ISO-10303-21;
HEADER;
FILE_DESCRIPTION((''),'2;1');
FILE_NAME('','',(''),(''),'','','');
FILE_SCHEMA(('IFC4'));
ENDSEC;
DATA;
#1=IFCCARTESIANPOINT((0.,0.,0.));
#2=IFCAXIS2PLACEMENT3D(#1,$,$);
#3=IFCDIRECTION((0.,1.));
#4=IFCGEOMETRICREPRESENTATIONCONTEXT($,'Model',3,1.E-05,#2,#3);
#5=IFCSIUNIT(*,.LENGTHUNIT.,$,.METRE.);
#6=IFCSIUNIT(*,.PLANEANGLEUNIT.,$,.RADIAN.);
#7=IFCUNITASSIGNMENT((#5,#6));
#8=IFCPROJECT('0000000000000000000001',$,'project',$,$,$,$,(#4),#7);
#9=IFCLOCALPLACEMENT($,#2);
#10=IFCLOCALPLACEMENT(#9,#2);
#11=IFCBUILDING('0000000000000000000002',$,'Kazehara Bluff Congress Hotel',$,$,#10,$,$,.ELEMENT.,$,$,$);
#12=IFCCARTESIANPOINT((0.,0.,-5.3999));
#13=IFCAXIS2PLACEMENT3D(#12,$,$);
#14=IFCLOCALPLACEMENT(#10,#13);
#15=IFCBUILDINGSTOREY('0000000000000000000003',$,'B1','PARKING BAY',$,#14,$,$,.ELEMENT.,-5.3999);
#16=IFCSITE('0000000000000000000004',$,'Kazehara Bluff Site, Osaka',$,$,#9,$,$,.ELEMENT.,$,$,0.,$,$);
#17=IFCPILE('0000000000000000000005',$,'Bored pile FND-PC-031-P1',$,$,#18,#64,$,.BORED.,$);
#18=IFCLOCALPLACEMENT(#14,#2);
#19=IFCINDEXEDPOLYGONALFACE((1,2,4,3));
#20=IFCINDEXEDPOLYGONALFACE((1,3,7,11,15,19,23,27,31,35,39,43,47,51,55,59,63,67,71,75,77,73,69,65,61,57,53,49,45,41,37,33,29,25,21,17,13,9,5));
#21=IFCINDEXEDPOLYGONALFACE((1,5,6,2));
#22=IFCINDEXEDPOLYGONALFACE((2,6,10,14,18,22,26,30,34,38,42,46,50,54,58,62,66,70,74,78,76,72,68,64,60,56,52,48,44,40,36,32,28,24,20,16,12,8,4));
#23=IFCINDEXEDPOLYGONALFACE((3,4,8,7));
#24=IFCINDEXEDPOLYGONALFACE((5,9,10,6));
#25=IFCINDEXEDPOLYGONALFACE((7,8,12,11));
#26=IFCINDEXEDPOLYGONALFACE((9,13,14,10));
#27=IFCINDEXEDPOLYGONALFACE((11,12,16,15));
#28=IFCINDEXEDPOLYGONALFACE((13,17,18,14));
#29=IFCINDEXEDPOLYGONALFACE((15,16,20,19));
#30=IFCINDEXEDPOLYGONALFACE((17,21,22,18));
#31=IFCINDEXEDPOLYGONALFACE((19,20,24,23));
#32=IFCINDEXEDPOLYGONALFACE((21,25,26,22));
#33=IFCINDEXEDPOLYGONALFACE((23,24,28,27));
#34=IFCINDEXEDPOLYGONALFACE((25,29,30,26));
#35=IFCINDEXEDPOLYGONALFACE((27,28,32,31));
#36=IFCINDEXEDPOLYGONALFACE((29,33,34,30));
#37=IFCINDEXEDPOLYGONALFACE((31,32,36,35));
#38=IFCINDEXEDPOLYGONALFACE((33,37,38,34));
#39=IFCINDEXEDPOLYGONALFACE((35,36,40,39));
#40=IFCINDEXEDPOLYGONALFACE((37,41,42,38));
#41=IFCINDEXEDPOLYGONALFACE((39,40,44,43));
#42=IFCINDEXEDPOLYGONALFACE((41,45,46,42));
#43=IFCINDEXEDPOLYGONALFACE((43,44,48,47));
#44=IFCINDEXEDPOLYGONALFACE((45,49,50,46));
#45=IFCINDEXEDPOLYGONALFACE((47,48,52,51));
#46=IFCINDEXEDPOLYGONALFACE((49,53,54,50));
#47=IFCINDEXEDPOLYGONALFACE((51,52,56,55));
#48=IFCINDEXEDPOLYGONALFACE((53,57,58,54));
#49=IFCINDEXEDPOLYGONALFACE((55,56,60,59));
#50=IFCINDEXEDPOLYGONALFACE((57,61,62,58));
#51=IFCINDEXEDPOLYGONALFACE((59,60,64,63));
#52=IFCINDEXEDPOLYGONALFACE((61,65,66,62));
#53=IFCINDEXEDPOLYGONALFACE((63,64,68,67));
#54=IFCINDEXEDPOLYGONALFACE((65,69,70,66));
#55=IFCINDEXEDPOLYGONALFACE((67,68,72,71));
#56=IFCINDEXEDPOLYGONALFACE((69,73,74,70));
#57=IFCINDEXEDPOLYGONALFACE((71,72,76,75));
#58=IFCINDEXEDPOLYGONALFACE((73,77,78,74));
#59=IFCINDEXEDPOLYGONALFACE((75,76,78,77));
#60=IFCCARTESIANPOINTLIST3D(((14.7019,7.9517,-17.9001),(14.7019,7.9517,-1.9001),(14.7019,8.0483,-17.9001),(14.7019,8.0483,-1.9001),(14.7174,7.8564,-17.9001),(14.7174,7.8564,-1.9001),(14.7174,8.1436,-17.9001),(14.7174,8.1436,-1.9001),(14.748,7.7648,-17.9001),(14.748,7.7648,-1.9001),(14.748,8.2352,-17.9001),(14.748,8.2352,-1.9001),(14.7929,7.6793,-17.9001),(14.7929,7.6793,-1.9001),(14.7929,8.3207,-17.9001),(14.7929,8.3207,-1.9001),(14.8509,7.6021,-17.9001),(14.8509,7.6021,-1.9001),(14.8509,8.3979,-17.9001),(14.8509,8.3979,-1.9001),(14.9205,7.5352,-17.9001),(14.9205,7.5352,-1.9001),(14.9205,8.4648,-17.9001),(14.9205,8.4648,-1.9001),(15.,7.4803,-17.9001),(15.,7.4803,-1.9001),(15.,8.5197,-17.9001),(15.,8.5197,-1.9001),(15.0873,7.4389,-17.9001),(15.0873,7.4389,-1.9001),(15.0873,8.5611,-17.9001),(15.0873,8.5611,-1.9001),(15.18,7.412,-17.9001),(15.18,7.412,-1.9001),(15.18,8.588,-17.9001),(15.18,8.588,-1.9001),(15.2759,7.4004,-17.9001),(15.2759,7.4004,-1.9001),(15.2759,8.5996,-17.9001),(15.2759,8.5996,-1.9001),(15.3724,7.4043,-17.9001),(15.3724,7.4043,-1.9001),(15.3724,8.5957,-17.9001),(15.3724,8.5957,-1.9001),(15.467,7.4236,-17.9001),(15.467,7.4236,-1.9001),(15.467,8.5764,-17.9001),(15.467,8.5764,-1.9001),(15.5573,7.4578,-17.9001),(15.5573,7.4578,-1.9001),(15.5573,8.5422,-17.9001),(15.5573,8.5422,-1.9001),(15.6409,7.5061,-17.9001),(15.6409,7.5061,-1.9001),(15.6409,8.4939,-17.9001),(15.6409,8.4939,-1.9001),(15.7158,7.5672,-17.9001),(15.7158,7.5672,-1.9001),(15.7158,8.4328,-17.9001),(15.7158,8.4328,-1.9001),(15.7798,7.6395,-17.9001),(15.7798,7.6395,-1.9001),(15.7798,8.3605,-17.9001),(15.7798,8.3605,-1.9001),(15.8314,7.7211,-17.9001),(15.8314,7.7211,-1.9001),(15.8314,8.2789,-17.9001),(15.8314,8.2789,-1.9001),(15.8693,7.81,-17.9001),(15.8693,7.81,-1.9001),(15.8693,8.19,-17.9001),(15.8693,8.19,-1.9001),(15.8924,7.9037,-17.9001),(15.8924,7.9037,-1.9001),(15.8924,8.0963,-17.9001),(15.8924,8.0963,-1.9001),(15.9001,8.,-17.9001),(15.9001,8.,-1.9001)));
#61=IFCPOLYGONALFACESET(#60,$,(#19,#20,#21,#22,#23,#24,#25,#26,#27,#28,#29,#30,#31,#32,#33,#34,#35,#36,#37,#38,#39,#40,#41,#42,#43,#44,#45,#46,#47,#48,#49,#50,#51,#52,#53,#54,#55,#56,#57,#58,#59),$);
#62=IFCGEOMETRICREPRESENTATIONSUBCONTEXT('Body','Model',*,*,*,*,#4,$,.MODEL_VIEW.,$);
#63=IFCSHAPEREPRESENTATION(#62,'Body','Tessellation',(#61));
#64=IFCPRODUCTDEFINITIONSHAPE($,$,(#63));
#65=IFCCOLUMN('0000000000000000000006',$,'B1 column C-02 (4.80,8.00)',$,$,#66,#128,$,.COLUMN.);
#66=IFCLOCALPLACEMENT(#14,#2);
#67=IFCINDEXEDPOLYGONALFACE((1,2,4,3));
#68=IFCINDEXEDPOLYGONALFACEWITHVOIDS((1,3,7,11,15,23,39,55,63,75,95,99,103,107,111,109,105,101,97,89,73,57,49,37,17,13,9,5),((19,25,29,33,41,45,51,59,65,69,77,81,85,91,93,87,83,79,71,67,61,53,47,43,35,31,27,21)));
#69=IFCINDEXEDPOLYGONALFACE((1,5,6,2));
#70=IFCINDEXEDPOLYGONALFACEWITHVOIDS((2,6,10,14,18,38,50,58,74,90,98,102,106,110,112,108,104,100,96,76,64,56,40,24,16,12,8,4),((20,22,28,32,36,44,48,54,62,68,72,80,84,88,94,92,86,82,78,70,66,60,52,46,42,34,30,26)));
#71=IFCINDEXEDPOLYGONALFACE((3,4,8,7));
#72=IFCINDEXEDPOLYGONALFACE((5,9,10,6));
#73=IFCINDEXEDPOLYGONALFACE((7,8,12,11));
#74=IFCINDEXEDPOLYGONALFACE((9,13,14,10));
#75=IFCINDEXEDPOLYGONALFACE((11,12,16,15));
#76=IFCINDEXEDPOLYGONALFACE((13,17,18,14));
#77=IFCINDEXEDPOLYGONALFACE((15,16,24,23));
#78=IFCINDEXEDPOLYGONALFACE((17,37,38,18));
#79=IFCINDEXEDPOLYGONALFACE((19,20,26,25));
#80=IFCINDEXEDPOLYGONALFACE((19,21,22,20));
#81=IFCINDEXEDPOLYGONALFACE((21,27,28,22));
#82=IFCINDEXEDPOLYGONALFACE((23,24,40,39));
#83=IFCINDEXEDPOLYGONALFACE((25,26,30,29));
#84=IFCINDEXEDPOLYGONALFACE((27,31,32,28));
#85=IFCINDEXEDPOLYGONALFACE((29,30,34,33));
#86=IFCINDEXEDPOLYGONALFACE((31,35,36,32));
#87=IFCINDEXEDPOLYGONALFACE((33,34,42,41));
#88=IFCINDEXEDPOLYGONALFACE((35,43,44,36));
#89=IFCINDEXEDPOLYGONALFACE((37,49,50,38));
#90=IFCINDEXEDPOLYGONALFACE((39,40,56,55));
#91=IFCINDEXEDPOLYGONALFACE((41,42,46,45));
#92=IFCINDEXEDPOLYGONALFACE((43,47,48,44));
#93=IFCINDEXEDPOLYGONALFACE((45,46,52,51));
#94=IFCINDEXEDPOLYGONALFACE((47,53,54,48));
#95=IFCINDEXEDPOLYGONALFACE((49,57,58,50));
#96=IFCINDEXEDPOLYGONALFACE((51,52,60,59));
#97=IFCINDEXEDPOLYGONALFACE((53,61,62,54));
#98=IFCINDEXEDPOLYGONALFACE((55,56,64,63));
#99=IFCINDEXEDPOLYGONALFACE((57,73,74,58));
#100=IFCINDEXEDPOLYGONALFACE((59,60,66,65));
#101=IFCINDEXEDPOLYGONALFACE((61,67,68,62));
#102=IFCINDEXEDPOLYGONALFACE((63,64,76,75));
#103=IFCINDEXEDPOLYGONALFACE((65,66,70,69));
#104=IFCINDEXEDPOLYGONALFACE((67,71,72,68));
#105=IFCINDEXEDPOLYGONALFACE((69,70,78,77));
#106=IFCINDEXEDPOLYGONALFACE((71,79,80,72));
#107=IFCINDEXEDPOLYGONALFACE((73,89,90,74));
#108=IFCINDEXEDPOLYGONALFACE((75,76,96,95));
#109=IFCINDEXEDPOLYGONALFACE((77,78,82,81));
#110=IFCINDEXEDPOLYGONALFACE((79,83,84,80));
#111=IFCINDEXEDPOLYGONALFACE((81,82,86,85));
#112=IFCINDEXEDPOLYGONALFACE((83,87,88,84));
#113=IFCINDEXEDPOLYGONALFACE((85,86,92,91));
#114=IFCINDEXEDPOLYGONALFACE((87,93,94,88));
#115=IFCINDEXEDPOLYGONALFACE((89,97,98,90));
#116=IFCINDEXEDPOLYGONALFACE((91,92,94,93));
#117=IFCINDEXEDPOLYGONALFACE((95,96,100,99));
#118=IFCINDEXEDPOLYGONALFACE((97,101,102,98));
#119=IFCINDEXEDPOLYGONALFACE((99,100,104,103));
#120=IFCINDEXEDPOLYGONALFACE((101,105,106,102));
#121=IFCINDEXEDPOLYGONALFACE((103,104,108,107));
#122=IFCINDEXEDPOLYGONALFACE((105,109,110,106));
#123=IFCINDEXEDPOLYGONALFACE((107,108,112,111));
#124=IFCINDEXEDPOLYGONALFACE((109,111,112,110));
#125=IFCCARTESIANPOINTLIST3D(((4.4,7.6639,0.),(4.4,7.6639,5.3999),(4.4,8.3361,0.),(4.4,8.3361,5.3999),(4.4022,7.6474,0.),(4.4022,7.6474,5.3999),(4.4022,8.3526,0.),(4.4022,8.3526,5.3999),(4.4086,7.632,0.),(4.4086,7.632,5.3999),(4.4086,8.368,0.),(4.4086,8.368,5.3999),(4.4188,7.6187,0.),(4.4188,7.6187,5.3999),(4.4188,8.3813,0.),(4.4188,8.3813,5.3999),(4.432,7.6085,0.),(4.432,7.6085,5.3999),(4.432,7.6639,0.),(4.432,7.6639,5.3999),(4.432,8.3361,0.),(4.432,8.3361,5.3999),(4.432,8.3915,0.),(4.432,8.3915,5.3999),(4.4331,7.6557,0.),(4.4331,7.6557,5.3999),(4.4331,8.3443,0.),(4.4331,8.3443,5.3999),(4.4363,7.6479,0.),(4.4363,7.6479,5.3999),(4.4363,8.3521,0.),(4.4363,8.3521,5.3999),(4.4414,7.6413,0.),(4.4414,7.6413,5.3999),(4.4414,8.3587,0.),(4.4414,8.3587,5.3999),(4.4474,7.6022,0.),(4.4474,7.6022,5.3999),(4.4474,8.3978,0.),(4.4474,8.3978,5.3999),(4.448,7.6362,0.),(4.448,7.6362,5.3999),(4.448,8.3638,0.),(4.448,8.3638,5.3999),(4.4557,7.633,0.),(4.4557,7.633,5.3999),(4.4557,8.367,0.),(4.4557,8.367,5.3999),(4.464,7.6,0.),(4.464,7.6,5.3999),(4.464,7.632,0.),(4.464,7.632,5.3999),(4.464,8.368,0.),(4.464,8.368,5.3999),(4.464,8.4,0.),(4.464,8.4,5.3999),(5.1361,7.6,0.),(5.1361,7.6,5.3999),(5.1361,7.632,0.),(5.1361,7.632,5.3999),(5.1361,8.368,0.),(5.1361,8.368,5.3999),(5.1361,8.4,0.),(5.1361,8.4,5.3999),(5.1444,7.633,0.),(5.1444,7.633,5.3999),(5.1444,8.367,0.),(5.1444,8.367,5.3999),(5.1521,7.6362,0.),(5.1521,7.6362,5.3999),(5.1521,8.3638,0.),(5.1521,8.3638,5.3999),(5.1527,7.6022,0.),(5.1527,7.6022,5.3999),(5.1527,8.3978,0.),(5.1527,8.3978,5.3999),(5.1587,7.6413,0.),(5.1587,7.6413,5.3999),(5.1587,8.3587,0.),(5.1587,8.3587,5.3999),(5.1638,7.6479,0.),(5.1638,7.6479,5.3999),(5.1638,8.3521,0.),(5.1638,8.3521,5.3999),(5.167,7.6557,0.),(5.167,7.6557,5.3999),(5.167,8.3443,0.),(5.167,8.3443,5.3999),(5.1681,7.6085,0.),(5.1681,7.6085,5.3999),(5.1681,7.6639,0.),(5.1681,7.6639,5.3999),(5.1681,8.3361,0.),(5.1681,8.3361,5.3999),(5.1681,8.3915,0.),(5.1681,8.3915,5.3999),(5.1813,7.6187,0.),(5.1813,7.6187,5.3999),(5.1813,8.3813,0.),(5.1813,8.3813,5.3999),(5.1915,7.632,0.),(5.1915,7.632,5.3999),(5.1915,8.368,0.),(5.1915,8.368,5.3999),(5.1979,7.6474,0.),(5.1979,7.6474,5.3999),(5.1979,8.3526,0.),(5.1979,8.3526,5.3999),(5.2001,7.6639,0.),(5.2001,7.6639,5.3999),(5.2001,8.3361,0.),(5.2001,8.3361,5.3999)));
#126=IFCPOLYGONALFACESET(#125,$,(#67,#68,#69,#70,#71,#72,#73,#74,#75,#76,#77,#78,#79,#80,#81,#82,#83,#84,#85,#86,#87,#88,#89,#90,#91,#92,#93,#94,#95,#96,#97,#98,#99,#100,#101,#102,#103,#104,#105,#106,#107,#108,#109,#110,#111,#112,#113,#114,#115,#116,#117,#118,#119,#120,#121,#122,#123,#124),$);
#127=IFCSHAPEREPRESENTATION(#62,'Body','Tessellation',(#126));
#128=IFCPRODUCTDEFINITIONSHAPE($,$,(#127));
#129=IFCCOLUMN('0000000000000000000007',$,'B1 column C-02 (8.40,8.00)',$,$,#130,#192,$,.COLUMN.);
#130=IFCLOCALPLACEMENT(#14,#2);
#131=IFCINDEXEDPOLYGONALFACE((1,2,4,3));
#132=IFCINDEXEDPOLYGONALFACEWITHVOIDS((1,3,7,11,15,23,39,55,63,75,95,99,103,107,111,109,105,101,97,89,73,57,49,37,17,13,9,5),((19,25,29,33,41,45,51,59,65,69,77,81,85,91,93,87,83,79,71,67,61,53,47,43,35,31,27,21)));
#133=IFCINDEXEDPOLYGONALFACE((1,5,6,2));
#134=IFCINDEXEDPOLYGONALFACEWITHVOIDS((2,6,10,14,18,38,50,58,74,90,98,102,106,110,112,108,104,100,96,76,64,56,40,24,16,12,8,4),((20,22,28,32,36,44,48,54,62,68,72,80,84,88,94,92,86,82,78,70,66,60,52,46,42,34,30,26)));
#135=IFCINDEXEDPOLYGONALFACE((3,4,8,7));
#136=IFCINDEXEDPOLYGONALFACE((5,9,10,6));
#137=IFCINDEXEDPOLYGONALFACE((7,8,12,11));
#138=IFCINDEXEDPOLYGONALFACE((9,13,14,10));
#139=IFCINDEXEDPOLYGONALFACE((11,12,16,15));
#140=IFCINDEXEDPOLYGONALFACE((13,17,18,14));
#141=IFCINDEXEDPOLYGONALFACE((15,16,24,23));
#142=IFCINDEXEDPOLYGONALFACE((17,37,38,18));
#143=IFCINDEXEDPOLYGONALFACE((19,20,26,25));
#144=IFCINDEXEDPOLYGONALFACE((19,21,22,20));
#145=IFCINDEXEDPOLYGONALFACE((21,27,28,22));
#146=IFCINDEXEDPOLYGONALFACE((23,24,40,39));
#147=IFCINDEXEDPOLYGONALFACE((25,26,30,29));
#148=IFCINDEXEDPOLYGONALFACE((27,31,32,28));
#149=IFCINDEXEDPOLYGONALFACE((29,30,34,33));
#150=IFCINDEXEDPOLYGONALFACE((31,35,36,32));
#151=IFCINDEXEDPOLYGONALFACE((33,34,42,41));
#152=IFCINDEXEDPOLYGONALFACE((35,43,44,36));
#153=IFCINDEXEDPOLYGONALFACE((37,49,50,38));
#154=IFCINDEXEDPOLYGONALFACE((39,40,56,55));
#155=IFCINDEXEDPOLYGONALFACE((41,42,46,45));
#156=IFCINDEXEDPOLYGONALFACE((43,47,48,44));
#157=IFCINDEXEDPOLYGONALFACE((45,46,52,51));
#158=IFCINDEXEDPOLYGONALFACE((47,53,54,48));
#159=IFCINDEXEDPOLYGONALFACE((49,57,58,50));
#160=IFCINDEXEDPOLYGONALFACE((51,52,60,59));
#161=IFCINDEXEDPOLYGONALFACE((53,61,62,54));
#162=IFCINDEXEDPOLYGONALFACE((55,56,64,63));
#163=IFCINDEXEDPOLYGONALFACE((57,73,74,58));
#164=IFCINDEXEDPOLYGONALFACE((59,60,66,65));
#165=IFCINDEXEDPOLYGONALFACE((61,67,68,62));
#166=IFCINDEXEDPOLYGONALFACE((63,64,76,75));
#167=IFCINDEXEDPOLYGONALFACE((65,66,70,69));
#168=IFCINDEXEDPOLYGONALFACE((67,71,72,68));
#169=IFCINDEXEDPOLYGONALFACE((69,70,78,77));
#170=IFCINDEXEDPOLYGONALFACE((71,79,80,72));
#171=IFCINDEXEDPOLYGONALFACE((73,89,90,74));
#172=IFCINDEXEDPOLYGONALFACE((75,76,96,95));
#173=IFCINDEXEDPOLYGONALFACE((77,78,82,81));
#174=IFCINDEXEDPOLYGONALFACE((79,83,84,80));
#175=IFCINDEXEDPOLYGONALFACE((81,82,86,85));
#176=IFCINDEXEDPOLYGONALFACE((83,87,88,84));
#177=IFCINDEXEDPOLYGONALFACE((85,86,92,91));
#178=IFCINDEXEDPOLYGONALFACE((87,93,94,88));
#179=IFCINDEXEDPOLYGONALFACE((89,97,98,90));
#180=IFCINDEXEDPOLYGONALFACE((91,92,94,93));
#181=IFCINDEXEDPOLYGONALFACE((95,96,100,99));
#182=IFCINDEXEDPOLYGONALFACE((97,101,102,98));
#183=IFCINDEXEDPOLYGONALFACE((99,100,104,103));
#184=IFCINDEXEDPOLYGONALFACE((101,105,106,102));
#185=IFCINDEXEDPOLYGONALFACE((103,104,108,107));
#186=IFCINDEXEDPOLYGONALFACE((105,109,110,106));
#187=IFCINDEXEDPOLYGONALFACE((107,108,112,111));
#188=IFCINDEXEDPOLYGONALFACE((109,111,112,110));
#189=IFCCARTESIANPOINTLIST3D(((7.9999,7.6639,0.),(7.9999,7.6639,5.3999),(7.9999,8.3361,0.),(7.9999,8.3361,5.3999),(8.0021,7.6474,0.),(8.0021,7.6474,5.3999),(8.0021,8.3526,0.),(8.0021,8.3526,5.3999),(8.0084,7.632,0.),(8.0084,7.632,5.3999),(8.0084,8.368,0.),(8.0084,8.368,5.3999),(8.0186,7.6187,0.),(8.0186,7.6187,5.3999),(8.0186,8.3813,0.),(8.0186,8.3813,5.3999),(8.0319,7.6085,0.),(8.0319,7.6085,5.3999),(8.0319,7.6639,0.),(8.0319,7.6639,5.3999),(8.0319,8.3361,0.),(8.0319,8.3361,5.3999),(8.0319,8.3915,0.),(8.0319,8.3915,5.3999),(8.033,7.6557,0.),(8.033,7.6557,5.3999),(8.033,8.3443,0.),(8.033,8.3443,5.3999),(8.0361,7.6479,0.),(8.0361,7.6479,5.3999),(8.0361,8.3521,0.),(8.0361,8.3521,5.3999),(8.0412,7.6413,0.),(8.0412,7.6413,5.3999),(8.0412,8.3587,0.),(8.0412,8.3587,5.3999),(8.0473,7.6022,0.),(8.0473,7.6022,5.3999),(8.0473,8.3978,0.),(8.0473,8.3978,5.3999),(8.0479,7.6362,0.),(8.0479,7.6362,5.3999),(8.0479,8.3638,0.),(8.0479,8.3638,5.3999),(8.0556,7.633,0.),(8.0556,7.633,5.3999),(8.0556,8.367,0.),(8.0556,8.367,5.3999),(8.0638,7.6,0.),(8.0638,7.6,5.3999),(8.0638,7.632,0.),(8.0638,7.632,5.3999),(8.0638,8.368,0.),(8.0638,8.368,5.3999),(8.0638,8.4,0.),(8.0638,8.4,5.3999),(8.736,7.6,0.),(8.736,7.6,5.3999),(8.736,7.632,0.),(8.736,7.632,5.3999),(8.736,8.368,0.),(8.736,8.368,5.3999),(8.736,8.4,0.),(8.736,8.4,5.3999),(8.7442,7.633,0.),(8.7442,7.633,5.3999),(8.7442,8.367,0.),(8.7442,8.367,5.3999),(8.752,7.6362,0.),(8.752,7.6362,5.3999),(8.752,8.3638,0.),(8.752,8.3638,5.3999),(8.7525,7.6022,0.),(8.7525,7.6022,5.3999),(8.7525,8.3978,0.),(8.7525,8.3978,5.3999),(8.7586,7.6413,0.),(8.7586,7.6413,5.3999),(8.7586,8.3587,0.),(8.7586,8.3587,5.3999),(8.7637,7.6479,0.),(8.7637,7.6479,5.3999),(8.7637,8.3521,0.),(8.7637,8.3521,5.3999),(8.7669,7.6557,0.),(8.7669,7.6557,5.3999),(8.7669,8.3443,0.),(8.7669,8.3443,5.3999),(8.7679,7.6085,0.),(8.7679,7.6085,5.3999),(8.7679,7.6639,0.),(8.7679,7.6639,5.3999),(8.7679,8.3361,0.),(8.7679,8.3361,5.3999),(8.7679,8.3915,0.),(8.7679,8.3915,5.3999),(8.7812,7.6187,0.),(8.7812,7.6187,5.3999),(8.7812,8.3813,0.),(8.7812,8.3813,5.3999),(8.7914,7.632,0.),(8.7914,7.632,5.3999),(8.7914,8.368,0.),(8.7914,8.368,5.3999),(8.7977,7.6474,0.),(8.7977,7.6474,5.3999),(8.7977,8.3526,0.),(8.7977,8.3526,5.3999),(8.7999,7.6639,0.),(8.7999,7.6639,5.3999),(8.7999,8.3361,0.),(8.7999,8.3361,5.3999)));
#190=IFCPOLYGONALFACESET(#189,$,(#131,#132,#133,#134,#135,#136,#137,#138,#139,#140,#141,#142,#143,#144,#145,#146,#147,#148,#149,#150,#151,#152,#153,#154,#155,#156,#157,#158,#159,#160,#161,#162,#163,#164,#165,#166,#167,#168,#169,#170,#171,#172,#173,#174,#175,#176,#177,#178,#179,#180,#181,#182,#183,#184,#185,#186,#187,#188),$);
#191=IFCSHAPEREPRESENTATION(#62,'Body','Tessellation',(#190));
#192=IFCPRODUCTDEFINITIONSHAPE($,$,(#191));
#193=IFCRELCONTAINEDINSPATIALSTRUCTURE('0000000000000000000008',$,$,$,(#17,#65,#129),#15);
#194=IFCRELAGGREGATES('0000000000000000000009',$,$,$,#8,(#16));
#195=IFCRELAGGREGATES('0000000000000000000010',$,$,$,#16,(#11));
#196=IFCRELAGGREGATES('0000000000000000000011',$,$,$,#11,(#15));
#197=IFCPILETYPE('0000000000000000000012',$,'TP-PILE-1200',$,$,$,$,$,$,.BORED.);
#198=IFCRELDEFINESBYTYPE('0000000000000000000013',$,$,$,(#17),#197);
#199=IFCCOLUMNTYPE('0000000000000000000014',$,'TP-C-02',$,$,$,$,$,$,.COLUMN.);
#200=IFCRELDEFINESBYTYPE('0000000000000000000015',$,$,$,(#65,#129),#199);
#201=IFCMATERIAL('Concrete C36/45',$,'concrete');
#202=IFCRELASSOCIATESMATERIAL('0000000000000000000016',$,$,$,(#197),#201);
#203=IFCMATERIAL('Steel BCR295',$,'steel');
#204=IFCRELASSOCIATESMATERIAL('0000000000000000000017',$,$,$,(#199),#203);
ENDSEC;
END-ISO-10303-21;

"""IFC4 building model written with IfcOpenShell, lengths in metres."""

from ifc_helpers import new_model, si_unit, direction, frame, origin, origin_2d, place, context, subcontext, project, spatial, hollow_rectangle, circle, extrude, material, material_profile, profile_set, type_object, element, save


model = new_model("IFC4")

# Units and contexts
model_context = context("Model", 3, precision=1e-05, world=origin(), true_north=direction((0.0, 1.0)))
body_context = subcontext(model_context, "Body", "Model", "MODEL_VIEW")
ifc_project = project(units=[si_unit("LENGTHUNIT", "METRE"), si_unit("PLANEANGLEUNIT", "RADIAN")], contexts=[model_context])

# Site, building, storey
site_placement = place(None, origin())
site = spatial("IfcSite", under=ifc_project, at=site_placement, Name="Kazehara Bluff Site, Osaka", CompositionType="ELEMENT", RefElevation=0.0)
building_placement = place(site_placement, origin())
building = spatial("IfcBuilding", under=site, at=building_placement, Name="Kazehara Bluff Congress Hotel", CompositionType="ELEMENT")
storey_placement = place(building_placement, frame((0.0, 0.0, -5.3999)))
storey = spatial("IfcBuildingStorey", under=building, at=storey_placement, Name="B1", Description="PARKING BAY", CompositionType="ELEMENT", Elevation=-5.3999)

# Pile
ifc_material_1 = material(Name="Concrete C36/45", Category="concrete")
ifc_material_profile_1 = material_profile(ifc_material_1, circle(Radius=0.6001, at=origin_2d()))
ifc_profile_set_1 = profile_set([ifc_material_profile_1], Name="Concrete C36/45")
pile_type = type_object("IfcPileType", Name="TP-PILE-1200", PredefinedType="BORED", material=ifc_profile_set_1)
for number, where, z_axis, x_axis, name in (
    (1, (15.3, 8.0, -1.9001), (0.0, 0.0, -1.0), (1.0, 0.0, 0.0), "Bored pile FND-PC-031-P1"),
):
    element("IfcPile", number, at=place(storey_placement, frame(where, z_axis=z_axis, x_axis=x_axis)), inside=storey, type_object=pile_type, Name=name, PredefinedType="BORED", context=body_context, shape_type="SweptSolid", body=[
        extrude(circle(Radius=0.6001, at=origin_2d()), origin(), (0.0, 0.0, 1.0), 16.0),
    ])

# Columns
ifc_material_2 = material(Name="Steel BCR295", Category="steel")
ifc_material_profile_2 = material_profile(ifc_material_2, hollow_rectangle(XDim=0.8, YDim=0.8, WallThickness=0.032, InnerFilletRadius=0.032, OuterFilletRadius=0.064, at=origin_2d()))
ifc_profile_set_2 = profile_set([ifc_material_profile_2], Name="Steel BCR295")
column_type = type_object("IfcColumnType", Name="TP-C-02", PredefinedType="COLUMN", material=ifc_profile_set_2)
for number, where, z_axis, x_axis, name in (
    (2, (4.8, 8.0, 0.0), (0.0, 0.0, 1.0), (1.0, 0.0, 0.0), "B1 column C-02 (4.80,8.00)"),
    (3, (8.3999, 8.0, 0.0), (0.0, 0.0, 1.0), (1.0, 0.0, 0.0), "B1 column C-02 (8.40,8.00)"),
):
    element("IfcColumn", number, at=place(storey_placement, frame(where, z_axis=z_axis, x_axis=x_axis)), inside=storey, type_object=column_type, Name=name, PredefinedType="COLUMN", context=body_context, shape_type="SweptSolid", body=[
        extrude(hollow_rectangle(XDim=0.8, YDim=0.8, WallThickness=0.032, InnerFilletRadius=0.032, OuterFilletRadius=0.064, at=origin_2d()), origin(), (0.0, 0.0, 1.0), 5.3999),
    ])

save(model, "model.ifc")
